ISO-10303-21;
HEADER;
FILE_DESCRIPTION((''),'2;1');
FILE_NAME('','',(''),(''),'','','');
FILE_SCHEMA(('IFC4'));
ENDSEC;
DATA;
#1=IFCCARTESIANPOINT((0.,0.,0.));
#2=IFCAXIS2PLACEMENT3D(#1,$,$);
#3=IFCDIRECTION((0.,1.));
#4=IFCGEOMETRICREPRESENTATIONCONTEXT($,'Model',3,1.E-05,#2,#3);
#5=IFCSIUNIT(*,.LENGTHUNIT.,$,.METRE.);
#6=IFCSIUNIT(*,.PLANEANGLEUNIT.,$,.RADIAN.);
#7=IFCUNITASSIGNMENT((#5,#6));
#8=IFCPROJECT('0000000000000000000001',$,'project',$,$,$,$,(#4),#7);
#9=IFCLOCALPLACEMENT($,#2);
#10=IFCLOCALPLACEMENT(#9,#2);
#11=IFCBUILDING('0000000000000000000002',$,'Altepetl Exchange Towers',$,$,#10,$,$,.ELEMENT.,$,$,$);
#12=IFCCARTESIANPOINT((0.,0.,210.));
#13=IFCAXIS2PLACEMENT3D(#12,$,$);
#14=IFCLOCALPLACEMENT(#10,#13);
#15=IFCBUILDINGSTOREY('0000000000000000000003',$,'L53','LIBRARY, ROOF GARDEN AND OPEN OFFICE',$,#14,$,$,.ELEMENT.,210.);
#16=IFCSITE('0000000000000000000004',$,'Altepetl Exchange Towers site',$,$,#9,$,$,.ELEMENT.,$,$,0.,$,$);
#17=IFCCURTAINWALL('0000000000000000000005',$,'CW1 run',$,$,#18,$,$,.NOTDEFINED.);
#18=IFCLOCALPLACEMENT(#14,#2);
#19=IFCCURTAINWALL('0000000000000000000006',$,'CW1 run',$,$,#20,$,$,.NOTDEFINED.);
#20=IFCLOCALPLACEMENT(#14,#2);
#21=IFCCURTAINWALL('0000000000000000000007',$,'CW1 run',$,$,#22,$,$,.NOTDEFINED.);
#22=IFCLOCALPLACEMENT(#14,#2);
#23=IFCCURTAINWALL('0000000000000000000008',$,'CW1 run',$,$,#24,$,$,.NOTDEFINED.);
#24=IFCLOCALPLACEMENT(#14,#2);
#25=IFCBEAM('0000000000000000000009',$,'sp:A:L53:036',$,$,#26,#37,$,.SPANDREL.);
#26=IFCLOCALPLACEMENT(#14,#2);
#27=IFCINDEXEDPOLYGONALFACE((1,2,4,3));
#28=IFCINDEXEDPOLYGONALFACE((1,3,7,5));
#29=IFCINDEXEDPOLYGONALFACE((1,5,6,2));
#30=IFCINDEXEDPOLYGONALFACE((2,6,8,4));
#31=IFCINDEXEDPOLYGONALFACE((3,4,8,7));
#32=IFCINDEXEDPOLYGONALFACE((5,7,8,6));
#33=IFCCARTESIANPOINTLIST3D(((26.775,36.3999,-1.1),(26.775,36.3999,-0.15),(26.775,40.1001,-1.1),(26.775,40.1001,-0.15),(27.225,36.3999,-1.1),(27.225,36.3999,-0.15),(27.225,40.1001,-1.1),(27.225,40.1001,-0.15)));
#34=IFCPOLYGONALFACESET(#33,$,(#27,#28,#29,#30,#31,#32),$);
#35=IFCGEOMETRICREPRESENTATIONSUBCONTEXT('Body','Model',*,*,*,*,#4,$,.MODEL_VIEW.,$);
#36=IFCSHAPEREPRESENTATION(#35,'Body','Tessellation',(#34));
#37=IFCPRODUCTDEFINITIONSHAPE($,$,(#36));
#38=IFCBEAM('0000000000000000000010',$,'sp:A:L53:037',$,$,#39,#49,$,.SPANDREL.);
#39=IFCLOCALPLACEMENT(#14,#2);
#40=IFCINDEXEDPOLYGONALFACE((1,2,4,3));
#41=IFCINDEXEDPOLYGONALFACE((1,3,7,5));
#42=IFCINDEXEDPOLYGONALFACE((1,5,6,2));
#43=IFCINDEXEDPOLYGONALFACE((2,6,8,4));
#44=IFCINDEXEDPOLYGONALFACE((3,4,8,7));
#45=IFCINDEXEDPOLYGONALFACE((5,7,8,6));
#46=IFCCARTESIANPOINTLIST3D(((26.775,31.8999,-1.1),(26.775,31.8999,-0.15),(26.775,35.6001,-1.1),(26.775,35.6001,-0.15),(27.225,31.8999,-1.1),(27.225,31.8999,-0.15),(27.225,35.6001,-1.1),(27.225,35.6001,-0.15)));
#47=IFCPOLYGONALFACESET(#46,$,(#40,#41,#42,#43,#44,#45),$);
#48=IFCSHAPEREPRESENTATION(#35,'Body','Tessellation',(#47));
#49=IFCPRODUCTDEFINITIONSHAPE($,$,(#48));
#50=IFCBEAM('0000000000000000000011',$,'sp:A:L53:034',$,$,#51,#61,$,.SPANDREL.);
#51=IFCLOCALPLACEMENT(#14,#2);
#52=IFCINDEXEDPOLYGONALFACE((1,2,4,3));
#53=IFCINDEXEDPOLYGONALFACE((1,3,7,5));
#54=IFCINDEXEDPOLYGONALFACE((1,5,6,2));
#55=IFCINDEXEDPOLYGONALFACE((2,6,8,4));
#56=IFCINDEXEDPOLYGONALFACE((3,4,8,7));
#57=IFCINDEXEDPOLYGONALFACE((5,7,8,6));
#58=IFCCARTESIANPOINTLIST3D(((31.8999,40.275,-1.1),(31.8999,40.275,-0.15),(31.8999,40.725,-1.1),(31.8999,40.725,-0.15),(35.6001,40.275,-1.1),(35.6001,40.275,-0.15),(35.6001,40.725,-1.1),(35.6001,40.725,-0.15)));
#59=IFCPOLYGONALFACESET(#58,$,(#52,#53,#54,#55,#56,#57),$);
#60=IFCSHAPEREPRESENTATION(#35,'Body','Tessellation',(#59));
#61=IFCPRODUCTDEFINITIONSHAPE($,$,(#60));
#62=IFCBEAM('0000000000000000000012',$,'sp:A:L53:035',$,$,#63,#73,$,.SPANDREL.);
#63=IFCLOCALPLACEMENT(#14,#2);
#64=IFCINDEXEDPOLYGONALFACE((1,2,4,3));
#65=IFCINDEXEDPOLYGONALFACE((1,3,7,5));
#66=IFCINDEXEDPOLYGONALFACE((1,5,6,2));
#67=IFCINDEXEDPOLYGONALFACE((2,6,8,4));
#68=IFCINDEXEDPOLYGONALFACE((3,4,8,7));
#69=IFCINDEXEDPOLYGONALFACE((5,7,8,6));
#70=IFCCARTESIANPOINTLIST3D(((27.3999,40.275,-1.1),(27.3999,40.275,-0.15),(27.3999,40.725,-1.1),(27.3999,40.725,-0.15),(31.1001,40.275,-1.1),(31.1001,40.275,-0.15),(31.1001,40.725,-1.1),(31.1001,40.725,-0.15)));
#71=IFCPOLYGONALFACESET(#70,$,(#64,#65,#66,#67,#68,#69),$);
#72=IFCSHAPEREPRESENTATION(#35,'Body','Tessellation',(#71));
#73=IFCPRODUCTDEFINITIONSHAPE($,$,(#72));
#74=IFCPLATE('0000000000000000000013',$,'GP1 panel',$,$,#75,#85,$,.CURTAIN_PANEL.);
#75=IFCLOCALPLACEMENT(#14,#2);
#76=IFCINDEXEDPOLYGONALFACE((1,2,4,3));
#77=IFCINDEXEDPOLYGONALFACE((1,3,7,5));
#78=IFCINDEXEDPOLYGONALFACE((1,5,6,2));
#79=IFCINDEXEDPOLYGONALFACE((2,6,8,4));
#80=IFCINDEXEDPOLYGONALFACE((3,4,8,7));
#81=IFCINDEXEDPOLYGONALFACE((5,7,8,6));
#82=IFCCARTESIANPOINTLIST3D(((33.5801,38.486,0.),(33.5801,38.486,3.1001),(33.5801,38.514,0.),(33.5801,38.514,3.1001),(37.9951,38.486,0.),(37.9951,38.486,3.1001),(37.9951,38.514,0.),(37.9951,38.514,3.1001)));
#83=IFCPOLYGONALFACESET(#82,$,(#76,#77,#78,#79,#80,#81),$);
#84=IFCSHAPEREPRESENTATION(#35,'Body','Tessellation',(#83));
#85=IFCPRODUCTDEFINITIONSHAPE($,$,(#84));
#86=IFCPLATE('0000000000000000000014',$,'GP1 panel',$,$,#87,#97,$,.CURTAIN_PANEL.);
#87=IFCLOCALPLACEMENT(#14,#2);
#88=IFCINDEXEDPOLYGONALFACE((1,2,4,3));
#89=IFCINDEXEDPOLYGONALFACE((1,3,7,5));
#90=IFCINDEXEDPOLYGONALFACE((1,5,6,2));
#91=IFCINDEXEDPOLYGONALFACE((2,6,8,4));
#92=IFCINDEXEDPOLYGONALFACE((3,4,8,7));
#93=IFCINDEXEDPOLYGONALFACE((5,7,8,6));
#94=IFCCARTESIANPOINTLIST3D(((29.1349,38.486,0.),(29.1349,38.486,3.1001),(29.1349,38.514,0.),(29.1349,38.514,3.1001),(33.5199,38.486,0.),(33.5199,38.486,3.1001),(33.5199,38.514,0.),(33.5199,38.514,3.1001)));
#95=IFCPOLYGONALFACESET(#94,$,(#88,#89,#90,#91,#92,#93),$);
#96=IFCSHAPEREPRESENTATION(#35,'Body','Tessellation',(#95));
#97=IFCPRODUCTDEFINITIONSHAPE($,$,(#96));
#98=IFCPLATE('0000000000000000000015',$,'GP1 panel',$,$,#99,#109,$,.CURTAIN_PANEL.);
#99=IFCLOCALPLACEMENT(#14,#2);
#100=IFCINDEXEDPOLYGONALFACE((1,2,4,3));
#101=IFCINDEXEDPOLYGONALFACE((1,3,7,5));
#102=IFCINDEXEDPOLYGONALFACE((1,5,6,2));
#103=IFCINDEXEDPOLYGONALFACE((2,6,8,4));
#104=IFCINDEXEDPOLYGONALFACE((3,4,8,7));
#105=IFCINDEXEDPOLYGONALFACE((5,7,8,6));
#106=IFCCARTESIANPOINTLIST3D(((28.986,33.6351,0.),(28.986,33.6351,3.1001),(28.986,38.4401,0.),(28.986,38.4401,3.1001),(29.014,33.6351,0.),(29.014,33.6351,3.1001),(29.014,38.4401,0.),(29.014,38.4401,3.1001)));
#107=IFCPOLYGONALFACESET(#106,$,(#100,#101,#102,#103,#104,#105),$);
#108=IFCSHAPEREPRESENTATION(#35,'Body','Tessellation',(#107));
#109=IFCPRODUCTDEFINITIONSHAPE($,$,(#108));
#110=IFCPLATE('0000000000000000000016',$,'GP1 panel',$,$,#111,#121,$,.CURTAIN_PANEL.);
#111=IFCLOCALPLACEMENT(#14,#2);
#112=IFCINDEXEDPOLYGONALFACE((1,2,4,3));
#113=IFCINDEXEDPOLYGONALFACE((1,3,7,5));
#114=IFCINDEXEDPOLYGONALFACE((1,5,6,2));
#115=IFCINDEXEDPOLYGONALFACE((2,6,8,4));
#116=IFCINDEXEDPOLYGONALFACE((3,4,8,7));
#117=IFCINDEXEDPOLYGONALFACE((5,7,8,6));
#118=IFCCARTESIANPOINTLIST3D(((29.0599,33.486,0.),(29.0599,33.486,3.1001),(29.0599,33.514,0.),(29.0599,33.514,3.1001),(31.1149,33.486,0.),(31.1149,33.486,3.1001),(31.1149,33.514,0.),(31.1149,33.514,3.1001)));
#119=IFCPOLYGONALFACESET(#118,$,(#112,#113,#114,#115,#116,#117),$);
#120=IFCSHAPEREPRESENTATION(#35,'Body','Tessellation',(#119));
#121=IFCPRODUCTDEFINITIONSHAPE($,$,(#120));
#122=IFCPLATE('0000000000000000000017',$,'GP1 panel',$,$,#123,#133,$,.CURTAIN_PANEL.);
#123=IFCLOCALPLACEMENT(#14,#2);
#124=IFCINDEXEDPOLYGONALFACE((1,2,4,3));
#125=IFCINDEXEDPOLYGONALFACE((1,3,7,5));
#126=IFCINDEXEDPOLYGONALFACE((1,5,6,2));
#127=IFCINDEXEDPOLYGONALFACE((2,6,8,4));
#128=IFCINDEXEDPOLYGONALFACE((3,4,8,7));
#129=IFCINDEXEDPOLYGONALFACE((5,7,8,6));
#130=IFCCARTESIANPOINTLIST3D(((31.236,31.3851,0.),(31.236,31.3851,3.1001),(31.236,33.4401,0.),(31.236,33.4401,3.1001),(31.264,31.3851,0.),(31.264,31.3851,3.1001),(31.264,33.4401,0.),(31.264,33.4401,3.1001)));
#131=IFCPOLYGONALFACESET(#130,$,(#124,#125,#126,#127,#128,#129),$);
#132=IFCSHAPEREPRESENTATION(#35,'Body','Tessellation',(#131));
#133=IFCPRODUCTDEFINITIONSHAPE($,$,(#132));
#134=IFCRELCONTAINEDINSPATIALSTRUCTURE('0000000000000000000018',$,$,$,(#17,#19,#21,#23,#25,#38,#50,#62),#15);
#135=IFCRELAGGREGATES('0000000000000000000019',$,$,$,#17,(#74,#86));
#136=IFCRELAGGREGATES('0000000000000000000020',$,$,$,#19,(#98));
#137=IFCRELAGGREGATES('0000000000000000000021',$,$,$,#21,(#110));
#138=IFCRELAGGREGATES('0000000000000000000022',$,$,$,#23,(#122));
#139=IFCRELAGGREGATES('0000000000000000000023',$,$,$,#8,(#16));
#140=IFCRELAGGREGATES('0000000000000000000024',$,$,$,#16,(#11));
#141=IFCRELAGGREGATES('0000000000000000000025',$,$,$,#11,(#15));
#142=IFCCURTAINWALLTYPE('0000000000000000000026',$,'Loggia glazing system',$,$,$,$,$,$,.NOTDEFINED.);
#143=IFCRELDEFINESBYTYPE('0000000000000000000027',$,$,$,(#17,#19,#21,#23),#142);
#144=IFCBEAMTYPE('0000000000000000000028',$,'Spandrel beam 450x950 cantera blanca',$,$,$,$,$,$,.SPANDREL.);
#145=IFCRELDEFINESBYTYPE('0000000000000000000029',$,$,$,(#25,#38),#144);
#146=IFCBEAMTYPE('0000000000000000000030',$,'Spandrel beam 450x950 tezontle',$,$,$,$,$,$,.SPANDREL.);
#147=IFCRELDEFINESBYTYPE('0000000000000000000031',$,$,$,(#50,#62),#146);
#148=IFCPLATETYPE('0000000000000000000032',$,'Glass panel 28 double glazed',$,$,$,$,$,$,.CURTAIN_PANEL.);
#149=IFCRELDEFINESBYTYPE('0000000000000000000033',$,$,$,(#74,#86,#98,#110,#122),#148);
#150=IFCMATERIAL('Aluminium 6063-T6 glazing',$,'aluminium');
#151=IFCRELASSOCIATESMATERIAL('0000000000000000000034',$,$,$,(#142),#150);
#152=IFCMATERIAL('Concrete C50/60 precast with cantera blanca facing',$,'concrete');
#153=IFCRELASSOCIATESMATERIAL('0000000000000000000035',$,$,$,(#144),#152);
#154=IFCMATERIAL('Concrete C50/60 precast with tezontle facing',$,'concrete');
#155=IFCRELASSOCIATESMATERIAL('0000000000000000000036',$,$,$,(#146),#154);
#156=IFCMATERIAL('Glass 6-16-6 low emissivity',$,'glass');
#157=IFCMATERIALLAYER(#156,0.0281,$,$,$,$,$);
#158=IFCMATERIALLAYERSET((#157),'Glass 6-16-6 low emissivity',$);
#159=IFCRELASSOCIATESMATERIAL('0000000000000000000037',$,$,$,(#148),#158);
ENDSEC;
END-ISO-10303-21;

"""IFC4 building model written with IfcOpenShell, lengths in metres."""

from ifc_helpers import new_model, si_unit, direction, frame, origin, origin_2d, place, context, subcontext, project, spatial, rectangle, extrude, material, layer, layer_set, material_profile, profile_set, type_object, element, aggregate, save


model = new_model("IFC4")

# Units and contexts
model_context = context("Model", 3, precision=1e-05, world=origin(), true_north=direction((0.0, 1.0)))
body_context = subcontext(model_context, "Body", "Model", "MODEL_VIEW")
ifc_project = project(units=[si_unit("LENGTHUNIT", "METRE"), si_unit("PLANEANGLEUNIT", "RADIAN")], contexts=[model_context])

# Site, building, storey
site_placement = place(None, origin())
site = spatial("IfcSite", under=ifc_project, at=site_placement, Name="Altepetl Exchange Towers site", CompositionType="ELEMENT", RefElevation=0.0)
building_placement = place(site_placement, origin())
building = spatial("IfcBuilding", under=site, at=building_placement, Name="Altepetl Exchange Towers", CompositionType="ELEMENT")
storey_placement = place(building_placement, frame((0.0, 0.0, 210.0)))
storey = spatial("IfcBuildingStorey", under=building, at=storey_placement, Name="L53", Description="LIBRARY, ROOF GARDEN AND OPEN OFFICE", CompositionType="ELEMENT", Elevation=210.0)

# Curtain walls
ifc_material_1 = material(Name="Aluminium 6063-T6 glazing", Category="aluminium")
curtain_wall_type = type_object("IfcCurtainWallType", Name="Loggia glazing system", PredefinedType="NOTDEFINED", material=ifc_material_1)
curtain_wall_1_placement = place(storey_placement, origin())
curtain_wall_1 = element("IfcCurtainWall", 1, at=curtain_wall_1_placement, inside=storey, type_object=curtain_wall_type, Name="CW1 run", PredefinedType="NOTDEFINED")
curtain_wall_2_placement = place(storey_placement, origin())
curtain_wall_2 = element("IfcCurtainWall", 2, at=curtain_wall_2_placement, inside=storey, type_object=curtain_wall_type, Name="CW1 run", PredefinedType="NOTDEFINED")
curtain_wall_3_placement = place(storey_placement, origin())
curtain_wall_3 = element("IfcCurtainWall", 3, at=curtain_wall_3_placement, inside=storey, type_object=curtain_wall_type, Name="CW1 run", PredefinedType="NOTDEFINED")

# Curtain wall
curtain_wall_4_placement = place(storey_placement, origin())
curtain_wall_4 = element("IfcCurtainWall", 4, at=curtain_wall_4_placement, inside=storey, type_object=curtain_wall_type, Name="CW1 run", PredefinedType="NOTDEFINED")

# Beams
ifc_material_2 = material(Name="Concrete C50/60 precast with cantera blanca facing", Category="concrete")
ifc_material_profile_1 = material_profile(ifc_material_2, rectangle(XDim=0.45, YDim=0.95, at=origin_2d()), Name="450 x 950")
ifc_profile_set_1 = profile_set([ifc_material_profile_1], Name="Concrete C50/60 precast with cantera blanca facing")
beam_type_1 = type_object("IfcBeamType", Name="Spandrel beam 450x950 cantera blanca", PredefinedType="SPANDREL", material=ifc_profile_set_1)
for number, where, z_axis, x_axis, name in (
    (5, (27.0, 40.1001, -0.625), (0.0, -1.0, 0.0), (1.0, 0.0, 0.0), "sp:A:L53:036"),
    (6, (27.0, 35.6001, -0.625), (0.0, -1.0, 0.0), (1.0, 0.0, 0.0), "sp:A:L53:037"),
):
    element("IfcBeam", number, at=place(storey_placement, frame(where, z_axis=z_axis, x_axis=x_axis)), inside=storey, type_object=beam_type_1, Name=name, PredefinedType="SPANDREL", context=body_context, shape_type="SweptSolid", body=[
        extrude(rectangle(XDim=0.45, YDim=0.95, at=origin_2d()), origin(), (0.0, 0.0, 1.0), 3.7002),
    ])
ifc_material_3 = material(Name="Concrete C50/60 precast with tezontle facing", Category="concrete")
ifc_material_profile_2 = material_profile(ifc_material_3, rectangle(XDim=0.45, YDim=0.95, at=origin_2d()), Name="450 x 950")
ifc_profile_set_2 = profile_set([ifc_material_profile_2], Name="Concrete C50/60 precast with tezontle facing")
beam_type_2 = type_object("IfcBeamType", Name="Spandrel beam 450x950 tezontle", PredefinedType="SPANDREL", material=ifc_profile_set_2)
for number, where, z_axis, x_axis, name in (
    (7, (35.6001, 40.5, -0.625), (-1.0, 0.0, 0.0), (0.0, -1.0, 0.0), "sp:A:L53:034"),
    (8, (31.1001, 40.5, -0.625), (-1.0, 0.0, 0.0), (0.0, -1.0, 0.0), "sp:A:L53:035"),
):
    element("IfcBeam", number, at=place(storey_placement, frame(where, z_axis=z_axis, x_axis=x_axis)), inside=storey, type_object=beam_type_2, Name=name, PredefinedType="SPANDREL", context=body_context, shape_type="SweptSolid", body=[
        extrude(rectangle(XDim=0.45, YDim=0.95, at=origin_2d()), origin(), (0.0, 0.0, 1.0), 3.7002),
    ])

# Plates
ifc_material_4 = material(Name="Glass 6-16-6 low emissivity", Category="glass")
ifc_layer = layer(ifc_material_4, 0.0281)
ifc_layer_set = layer_set([ifc_layer], Name="Glass 6-16-6 low emissivity")
plate_type = type_object("IfcPlateType", Name="Glass panel 28 double glazed", PredefinedType="CURTAIN_PANEL", material=ifc_layer_set)
plate_1_placement = place(storey_placement, frame((35.7876, 38.5, 0.0), z_axis=(0.0, 0.0, 1.0), x_axis=(-1.0, 0.0, 0.0)))
plate_1 = element("IfcPlate", 9, at=plate_1_placement, type_object=plate_type, Name="GP1 panel", PredefinedType="CURTAIN_PANEL", context=body_context, shape_type="SweptSolid", body=[
    extrude(rectangle(XDim=4.415, YDim=0.0281, at=origin_2d()), origin(), (0.0, 0.0, 1.0), 3.1001),
])
plate_2_placement = place(storey_placement, frame((31.3274, 38.5, 0.0), z_axis=(0.0, 0.0, 1.0), x_axis=(-1.0, 0.0, 0.0)))
plate_2 = element("IfcPlate", 10, at=plate_2_placement, type_object=plate_type, Name="GP1 panel", PredefinedType="CURTAIN_PANEL", context=body_context, shape_type="SweptSolid", body=[
    extrude(rectangle(XDim=4.385, YDim=0.0281, at=origin_2d()), origin(), (0.0, 0.0, 1.0), 3.1001),
])
aggregate(curtain_wall_1, [plate_1, plate_2])
plate_3_placement = place(storey_placement, frame((29.0, 36.0376, 0.0), z_axis=(0.0, 0.0, 1.0), x_axis=(0.0, -1.0, 0.0)))
plate_3 = element("IfcPlate", 11, at=plate_3_placement, type_object=plate_type, Name="GP1 panel", PredefinedType="CURTAIN_PANEL", context=body_context, shape_type="SweptSolid", body=[
    extrude(rectangle(XDim=4.8049, YDim=0.0281, at=origin_2d()), origin(), (0.0, 0.0, 1.0), 3.1001),
])
aggregate(curtain_wall_2, [plate_3])
plate_4_placement = place(storey_placement, frame((30.0874, 33.5, 0.0)))
plate_4 = element("IfcPlate", 12, at=plate_4_placement, type_object=plate_type, Name="GP1 panel", PredefinedType="CURTAIN_PANEL", context=body_context, shape_type="SweptSolid", body=[
    extrude(rectangle(XDim=2.0549, YDim=0.0281, at=origin_2d()), origin(), (0.0, 0.0, 1.0), 3.1001),
])
aggregate(curtain_wall_3, [plate_4])
plate_5_placement = place(storey_placement, frame((31.25, 32.4126, 0.0), z_axis=(0.0, 0.0, 1.0), x_axis=(0.0, -1.0, 0.0)))
plate_5 = element("IfcPlate", 13, at=plate_5_placement, type_object=plate_type, Name="GP1 panel", PredefinedType="CURTAIN_PANEL", context=body_context, shape_type="SweptSolid", body=[
    extrude(rectangle(XDim=2.0549, YDim=0.0281, at=origin_2d()), origin(), (0.0, 0.0, 1.0), 3.1001),
])
aggregate(curtain_wall_4, [plate_5])

save(model, "model.ifc")
